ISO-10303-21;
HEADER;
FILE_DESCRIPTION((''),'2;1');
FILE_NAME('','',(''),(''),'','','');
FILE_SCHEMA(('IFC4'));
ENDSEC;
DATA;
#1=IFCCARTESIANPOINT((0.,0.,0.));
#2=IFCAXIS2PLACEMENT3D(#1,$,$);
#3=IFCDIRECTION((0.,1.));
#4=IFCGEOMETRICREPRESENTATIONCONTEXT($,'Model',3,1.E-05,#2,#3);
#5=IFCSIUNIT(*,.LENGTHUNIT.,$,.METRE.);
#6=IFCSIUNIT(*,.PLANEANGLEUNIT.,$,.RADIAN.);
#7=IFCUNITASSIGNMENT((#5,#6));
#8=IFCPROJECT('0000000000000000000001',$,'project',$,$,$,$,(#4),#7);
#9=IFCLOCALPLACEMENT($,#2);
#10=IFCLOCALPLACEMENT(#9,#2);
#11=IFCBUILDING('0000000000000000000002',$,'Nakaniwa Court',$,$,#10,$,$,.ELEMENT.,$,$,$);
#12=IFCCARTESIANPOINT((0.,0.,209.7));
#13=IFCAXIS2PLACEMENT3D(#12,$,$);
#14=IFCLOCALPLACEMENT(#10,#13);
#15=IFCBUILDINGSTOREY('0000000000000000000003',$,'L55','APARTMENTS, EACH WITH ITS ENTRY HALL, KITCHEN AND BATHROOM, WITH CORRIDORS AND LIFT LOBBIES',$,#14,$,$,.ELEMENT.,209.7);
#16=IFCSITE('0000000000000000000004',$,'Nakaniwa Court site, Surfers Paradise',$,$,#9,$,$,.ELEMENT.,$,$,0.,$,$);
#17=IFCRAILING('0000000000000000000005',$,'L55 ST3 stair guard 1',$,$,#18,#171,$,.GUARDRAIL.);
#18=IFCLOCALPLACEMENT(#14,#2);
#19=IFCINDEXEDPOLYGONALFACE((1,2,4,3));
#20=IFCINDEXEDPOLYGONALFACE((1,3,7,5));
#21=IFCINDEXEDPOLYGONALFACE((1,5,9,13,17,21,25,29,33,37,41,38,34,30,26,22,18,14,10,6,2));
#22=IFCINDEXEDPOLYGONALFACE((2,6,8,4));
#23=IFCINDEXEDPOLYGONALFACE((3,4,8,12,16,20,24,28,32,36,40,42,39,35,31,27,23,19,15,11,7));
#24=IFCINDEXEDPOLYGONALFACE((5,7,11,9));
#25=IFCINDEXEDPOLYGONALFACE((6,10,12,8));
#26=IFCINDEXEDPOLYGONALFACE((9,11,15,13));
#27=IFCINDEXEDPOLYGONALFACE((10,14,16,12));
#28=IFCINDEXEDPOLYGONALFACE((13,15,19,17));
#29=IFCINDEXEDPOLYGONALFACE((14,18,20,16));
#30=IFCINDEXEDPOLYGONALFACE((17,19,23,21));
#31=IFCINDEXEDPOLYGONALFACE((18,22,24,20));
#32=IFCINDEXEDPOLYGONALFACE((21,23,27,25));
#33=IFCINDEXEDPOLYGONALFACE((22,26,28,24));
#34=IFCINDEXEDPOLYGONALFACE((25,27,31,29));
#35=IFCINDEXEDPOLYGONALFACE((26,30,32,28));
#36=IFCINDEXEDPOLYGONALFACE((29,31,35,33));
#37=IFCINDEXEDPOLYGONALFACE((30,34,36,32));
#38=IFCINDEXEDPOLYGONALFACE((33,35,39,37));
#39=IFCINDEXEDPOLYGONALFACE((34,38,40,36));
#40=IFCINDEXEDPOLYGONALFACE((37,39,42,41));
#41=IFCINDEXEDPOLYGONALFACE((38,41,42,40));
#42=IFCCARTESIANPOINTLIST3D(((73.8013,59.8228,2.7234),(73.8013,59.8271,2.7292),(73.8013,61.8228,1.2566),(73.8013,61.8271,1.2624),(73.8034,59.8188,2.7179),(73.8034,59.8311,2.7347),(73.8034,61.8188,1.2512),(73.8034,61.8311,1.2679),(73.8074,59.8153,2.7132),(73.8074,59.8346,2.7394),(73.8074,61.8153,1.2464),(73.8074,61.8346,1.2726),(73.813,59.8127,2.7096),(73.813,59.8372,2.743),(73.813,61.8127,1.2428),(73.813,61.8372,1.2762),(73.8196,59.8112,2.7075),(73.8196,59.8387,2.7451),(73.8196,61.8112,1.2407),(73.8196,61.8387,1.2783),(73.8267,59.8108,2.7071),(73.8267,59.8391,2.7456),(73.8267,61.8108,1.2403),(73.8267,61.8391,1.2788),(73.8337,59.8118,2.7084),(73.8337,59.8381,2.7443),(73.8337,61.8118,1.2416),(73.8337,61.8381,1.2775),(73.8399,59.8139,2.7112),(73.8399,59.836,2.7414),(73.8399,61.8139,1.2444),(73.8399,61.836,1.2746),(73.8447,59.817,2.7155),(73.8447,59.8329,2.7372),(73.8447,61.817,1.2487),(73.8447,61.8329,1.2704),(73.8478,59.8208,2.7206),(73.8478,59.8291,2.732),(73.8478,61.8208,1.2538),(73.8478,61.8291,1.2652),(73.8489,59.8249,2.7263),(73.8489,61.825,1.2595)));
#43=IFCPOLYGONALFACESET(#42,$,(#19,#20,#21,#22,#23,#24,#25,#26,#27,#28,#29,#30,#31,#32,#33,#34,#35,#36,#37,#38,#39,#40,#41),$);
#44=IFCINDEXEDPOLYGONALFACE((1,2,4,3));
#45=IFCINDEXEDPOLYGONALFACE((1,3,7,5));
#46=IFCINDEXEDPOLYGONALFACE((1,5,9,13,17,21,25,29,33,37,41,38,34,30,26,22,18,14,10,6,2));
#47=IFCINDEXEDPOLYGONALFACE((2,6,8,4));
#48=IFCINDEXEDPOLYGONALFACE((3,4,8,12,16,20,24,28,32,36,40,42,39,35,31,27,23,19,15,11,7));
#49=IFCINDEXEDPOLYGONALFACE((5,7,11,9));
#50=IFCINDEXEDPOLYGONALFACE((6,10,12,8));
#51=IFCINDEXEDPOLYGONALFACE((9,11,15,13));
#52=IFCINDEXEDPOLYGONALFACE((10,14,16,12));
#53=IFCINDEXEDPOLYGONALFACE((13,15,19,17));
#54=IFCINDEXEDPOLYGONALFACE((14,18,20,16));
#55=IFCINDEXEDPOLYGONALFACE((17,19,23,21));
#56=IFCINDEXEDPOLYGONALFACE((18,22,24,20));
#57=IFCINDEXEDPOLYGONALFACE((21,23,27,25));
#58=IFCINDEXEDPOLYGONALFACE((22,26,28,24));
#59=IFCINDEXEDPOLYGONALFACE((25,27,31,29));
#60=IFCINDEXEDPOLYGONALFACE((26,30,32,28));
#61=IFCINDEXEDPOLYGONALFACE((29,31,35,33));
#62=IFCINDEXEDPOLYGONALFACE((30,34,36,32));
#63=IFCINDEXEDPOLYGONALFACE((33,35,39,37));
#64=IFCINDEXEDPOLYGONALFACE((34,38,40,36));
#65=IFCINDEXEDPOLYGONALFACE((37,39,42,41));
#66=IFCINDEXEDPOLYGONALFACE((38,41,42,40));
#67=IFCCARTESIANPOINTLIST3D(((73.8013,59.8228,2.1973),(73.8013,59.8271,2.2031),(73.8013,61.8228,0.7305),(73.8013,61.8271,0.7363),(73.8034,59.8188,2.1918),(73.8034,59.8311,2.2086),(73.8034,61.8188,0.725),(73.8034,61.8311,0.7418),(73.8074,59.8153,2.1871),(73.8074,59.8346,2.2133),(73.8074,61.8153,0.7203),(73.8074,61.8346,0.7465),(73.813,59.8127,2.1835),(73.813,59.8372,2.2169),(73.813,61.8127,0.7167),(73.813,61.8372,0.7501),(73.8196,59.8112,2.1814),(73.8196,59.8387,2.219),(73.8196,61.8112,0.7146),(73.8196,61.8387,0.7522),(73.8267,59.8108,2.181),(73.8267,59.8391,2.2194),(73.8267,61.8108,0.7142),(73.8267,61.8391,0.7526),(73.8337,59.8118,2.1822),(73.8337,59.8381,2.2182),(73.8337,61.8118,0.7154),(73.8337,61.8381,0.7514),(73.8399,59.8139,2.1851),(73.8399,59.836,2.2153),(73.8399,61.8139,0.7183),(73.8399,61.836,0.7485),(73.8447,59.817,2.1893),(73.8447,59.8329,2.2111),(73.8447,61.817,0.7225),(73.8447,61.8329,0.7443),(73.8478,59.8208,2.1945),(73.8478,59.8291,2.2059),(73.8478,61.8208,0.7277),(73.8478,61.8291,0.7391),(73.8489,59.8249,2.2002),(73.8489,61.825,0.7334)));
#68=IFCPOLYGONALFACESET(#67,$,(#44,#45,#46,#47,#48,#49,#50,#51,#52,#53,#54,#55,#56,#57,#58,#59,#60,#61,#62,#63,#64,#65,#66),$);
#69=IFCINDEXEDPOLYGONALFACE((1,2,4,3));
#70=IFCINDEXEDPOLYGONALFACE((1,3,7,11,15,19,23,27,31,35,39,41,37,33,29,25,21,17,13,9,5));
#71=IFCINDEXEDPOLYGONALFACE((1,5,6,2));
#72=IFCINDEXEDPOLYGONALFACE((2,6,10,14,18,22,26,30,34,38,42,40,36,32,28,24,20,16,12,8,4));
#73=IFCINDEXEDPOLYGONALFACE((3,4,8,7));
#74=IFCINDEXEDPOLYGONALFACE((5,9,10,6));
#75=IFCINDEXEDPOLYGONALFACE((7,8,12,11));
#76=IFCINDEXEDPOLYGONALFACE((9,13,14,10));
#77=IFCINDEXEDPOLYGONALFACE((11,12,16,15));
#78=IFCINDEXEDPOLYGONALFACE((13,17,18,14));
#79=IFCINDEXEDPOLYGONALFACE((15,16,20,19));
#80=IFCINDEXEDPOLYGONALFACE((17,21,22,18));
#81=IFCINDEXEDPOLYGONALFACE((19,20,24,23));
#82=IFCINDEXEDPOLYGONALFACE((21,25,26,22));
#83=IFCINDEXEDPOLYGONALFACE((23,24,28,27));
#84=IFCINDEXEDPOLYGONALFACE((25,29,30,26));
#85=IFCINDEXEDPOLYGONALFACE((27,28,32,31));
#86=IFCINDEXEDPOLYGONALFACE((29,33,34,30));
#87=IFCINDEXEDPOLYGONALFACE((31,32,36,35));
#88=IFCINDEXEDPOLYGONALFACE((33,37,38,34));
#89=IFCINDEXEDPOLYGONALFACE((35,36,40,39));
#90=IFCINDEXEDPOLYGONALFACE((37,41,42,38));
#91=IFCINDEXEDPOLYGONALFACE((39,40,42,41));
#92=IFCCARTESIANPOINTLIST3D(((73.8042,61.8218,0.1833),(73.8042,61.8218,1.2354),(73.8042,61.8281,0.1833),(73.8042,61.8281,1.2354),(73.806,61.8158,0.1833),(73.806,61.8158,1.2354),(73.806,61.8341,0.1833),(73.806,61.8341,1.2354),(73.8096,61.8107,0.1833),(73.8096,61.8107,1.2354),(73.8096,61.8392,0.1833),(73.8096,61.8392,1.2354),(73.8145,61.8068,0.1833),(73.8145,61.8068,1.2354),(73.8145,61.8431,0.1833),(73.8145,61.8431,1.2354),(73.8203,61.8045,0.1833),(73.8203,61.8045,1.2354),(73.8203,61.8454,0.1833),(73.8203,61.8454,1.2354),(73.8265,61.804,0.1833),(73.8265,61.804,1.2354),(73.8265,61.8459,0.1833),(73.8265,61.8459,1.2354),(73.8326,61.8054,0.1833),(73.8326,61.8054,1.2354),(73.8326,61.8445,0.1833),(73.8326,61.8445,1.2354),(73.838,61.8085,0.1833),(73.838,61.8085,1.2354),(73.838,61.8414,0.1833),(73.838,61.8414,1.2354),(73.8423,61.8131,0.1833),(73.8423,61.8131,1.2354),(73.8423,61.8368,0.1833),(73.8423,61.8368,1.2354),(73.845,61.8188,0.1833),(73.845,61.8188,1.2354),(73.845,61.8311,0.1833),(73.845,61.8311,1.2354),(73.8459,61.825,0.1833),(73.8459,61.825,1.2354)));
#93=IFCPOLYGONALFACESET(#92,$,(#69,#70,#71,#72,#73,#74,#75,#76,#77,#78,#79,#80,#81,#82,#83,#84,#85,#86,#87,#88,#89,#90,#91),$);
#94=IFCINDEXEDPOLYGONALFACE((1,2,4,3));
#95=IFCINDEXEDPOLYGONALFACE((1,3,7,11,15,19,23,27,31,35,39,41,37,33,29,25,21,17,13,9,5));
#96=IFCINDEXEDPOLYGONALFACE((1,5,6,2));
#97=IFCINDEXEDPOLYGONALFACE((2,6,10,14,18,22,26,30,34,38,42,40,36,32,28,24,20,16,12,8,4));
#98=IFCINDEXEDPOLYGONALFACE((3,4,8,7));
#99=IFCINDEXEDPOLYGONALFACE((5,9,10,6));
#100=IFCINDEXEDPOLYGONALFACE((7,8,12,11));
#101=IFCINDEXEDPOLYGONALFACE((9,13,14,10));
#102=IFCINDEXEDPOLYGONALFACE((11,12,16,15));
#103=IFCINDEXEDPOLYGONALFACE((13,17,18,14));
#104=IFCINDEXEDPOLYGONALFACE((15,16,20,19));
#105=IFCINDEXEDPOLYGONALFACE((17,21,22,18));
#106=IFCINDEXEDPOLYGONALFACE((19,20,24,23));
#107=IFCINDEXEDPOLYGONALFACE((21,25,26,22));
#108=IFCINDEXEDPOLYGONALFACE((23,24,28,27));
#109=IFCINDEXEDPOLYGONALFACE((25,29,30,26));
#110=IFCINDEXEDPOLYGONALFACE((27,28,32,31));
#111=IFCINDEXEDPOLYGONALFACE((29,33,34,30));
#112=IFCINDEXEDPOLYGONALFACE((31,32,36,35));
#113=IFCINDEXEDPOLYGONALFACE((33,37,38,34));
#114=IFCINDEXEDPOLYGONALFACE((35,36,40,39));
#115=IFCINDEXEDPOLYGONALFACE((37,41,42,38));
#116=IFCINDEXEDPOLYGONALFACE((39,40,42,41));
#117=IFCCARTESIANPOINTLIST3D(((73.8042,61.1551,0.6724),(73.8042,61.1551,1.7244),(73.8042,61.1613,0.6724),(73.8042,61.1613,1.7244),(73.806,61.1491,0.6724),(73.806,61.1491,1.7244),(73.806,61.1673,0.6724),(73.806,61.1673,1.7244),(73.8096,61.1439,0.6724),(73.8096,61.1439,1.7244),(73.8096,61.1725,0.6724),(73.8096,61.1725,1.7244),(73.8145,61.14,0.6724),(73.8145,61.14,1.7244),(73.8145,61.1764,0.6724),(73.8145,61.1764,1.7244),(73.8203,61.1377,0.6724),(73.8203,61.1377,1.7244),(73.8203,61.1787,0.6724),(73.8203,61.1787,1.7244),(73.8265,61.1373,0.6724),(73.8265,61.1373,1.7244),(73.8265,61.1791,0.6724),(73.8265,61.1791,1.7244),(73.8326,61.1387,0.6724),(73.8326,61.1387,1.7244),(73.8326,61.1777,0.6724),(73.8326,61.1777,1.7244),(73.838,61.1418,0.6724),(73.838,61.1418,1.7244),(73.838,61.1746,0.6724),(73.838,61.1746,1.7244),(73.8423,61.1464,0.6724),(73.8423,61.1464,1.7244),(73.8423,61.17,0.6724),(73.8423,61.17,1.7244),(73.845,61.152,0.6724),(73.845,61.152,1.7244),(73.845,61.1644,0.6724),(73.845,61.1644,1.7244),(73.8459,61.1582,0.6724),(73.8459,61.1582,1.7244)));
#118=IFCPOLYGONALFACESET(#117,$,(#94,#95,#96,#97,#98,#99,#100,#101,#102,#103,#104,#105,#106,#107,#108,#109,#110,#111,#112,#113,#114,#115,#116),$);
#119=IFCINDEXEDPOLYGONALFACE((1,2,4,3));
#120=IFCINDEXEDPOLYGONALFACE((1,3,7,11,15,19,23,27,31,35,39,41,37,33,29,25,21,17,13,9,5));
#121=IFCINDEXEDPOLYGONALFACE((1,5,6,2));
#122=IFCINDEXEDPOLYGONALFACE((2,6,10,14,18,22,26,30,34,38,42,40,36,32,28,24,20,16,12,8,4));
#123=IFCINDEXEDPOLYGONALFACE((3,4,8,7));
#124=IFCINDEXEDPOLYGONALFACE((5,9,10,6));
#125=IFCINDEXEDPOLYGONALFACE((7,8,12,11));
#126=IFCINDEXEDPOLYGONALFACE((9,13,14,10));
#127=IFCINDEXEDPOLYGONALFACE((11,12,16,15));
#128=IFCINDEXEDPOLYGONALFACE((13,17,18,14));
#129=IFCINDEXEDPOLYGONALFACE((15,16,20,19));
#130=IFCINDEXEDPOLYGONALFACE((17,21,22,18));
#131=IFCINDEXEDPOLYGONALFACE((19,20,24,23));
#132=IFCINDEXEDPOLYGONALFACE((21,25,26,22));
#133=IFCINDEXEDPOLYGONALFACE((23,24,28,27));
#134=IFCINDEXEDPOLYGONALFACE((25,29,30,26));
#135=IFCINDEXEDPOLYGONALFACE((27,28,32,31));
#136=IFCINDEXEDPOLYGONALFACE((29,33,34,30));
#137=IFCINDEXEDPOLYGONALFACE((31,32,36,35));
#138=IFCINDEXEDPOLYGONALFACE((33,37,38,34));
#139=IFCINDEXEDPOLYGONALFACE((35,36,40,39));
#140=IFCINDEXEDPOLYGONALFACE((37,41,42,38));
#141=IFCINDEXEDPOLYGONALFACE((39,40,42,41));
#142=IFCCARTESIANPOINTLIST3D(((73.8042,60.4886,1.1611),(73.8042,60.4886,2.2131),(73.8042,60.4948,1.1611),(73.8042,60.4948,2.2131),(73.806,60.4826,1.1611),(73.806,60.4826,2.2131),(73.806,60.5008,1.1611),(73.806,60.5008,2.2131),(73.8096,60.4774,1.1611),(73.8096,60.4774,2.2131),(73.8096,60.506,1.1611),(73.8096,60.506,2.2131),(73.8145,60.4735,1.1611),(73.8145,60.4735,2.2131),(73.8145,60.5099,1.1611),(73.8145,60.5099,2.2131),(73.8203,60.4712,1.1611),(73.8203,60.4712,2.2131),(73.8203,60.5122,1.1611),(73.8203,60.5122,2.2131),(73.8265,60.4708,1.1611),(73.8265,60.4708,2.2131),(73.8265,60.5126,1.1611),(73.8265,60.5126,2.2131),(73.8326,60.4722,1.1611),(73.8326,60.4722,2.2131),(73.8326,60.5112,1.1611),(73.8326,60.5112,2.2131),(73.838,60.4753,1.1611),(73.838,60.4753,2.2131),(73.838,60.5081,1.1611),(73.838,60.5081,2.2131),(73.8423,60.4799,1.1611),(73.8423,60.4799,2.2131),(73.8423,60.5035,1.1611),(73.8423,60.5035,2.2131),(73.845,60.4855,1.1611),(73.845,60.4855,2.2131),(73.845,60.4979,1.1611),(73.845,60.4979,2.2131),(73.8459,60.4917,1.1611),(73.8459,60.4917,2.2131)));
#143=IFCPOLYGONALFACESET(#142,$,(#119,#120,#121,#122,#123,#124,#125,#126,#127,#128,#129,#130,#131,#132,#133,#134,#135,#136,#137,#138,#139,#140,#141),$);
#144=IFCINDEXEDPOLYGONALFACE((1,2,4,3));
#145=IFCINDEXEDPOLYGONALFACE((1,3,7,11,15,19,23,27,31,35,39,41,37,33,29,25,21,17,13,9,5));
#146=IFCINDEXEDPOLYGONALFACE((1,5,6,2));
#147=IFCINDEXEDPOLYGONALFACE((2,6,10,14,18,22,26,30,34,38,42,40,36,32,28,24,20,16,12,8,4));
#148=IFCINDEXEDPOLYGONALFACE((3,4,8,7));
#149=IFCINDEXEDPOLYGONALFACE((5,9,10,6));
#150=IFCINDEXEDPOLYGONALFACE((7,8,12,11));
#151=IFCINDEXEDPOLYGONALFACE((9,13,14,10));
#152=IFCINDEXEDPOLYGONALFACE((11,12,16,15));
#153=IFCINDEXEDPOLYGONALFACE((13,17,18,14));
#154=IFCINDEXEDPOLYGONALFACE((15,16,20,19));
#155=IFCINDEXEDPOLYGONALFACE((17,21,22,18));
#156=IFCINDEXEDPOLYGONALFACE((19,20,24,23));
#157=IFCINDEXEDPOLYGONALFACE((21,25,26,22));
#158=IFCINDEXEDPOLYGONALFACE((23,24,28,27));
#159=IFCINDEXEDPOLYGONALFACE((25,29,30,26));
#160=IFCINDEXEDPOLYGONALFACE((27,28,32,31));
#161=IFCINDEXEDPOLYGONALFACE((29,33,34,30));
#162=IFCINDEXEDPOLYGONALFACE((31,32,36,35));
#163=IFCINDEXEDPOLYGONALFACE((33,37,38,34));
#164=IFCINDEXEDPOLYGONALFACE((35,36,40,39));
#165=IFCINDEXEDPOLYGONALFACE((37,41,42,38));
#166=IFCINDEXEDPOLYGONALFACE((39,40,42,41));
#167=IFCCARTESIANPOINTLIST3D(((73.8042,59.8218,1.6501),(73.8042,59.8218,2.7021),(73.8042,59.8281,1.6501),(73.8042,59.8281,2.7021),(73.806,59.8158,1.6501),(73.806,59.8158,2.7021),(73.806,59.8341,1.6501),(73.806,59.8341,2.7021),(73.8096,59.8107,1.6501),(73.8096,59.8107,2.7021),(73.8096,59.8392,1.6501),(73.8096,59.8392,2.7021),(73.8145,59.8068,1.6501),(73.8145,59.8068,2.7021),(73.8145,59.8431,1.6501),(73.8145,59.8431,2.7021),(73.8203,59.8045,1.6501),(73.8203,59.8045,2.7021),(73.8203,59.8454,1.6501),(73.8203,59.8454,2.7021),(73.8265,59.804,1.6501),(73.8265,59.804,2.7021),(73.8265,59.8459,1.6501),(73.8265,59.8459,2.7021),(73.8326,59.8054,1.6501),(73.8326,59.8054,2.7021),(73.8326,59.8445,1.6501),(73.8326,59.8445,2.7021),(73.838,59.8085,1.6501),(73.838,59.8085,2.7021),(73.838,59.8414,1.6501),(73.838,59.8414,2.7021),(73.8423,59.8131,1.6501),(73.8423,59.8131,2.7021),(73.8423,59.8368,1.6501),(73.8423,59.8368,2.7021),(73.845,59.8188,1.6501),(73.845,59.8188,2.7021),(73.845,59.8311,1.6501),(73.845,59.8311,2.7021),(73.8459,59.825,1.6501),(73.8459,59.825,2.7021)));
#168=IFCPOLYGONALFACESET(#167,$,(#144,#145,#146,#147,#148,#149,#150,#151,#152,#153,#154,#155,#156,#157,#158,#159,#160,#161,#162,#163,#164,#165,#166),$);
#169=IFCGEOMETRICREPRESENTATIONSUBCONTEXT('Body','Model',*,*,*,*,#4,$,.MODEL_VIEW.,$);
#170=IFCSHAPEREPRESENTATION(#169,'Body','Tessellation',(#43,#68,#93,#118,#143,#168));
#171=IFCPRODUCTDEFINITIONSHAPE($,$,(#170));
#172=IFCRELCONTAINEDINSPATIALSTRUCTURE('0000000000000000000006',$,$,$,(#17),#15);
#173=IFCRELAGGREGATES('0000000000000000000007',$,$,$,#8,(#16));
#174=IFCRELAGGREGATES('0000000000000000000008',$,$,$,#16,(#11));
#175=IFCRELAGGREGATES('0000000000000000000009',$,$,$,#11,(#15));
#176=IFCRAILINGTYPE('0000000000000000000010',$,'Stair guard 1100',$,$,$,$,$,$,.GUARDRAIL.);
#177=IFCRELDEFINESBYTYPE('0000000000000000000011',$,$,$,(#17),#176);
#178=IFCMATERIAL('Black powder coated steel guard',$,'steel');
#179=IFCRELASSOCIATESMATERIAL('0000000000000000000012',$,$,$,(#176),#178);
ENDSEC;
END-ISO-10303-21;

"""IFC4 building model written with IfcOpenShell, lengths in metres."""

from ifc_helpers import new_model, si_unit, direction, frame, origin, origin_2d, place, context, subcontext, project, spatial, circle, extrude, material, type_object, element, save


model = new_model("IFC4")

# Units and contexts
model_context = context("Model", 3, precision=1e-05, world=origin(), true_north=direction((0.0, 1.0)))
body_context = subcontext(model_context, "Body", "Model", "MODEL_VIEW")
ifc_project = project(units=[si_unit("LENGTHUNIT", "METRE"), si_unit("PLANEANGLEUNIT", "RADIAN")], contexts=[model_context])

# Site, building, storey
site_placement = place(None, origin())
site = spatial("IfcSite", under=ifc_project, at=site_placement, Name="Nakaniwa Court site, Surfers Paradise", CompositionType="ELEMENT", RefElevation=0.0)
building_placement = place(site_placement, origin())
building = spatial("IfcBuilding", under=site, at=building_placement, Name="Nakaniwa Court", CompositionType="ELEMENT")
storey_placement = place(building_placement, frame((0.0, 0.0, 209.7)))
storey = spatial("IfcBuildingStorey", under=building, at=storey_placement, Name="L55", Description="APARTMENTS, EACH WITH ITS ENTRY HALL, KITCHEN AND BATHROOM, WITH CORRIDORS AND LIFT LOBBIES", CompositionType="ELEMENT", Elevation=209.7)

# Railing
ifc_material_1 = material(Name="Black powder coated steel guard", Category="steel")
railing_type_1 = type_object("IfcRailingType", Name="Stair guard 1100", PredefinedType="GUARDRAIL", material=ifc_material_1)
railing_1_placement = place(storey_placement, frame((73.825, 61.825, 0.1833)))
element("IfcRailing", 1, at=railing_1_placement, inside=storey, type_object=railing_type_1, Name="L55 ST3 stair guard 1", PredefinedType="GUARDRAIL", context=body_context, shape_type="SweptSolid", body=[
    extrude(circle(Radius=0.0239, at=origin_2d()), frame((0.0, 0.0, 1.0762), z_axis=(0.0, -0.80638, 0.591398), x_axis=(1.0, 0.0, 0.0)), (0.0, 0.0, 1.0), 2.4802),
    extrude(circle(Radius=0.0239, at=origin_2d()), frame((0.0, 0.0, 0.55), z_axis=(0.0, -0.80638, 0.591398), x_axis=(1.0, 0.0, 0.0)), (0.0, 0.0, 1.0), 2.4802),
    extrude(circle(Radius=0.021, at=origin_2d()), origin(), (0.0, 0.0, 1.0), 1.052),
    extrude(circle(Radius=0.021, at=origin_2d()), frame((0.0, -0.6667, 0.489)), (0.0, 0.0, 1.0), 1.052),
    extrude(circle(Radius=0.021, at=origin_2d()), frame((0.0, -1.3333, 0.9778)), (0.0, 0.0, 1.0), 1.052),
    extrude(circle(Radius=0.021, at=origin_2d()), frame((0.0, -2.0, 1.4668)), (0.0, 0.0, 1.0), 1.052),
])

save(model, "model.ifc")
